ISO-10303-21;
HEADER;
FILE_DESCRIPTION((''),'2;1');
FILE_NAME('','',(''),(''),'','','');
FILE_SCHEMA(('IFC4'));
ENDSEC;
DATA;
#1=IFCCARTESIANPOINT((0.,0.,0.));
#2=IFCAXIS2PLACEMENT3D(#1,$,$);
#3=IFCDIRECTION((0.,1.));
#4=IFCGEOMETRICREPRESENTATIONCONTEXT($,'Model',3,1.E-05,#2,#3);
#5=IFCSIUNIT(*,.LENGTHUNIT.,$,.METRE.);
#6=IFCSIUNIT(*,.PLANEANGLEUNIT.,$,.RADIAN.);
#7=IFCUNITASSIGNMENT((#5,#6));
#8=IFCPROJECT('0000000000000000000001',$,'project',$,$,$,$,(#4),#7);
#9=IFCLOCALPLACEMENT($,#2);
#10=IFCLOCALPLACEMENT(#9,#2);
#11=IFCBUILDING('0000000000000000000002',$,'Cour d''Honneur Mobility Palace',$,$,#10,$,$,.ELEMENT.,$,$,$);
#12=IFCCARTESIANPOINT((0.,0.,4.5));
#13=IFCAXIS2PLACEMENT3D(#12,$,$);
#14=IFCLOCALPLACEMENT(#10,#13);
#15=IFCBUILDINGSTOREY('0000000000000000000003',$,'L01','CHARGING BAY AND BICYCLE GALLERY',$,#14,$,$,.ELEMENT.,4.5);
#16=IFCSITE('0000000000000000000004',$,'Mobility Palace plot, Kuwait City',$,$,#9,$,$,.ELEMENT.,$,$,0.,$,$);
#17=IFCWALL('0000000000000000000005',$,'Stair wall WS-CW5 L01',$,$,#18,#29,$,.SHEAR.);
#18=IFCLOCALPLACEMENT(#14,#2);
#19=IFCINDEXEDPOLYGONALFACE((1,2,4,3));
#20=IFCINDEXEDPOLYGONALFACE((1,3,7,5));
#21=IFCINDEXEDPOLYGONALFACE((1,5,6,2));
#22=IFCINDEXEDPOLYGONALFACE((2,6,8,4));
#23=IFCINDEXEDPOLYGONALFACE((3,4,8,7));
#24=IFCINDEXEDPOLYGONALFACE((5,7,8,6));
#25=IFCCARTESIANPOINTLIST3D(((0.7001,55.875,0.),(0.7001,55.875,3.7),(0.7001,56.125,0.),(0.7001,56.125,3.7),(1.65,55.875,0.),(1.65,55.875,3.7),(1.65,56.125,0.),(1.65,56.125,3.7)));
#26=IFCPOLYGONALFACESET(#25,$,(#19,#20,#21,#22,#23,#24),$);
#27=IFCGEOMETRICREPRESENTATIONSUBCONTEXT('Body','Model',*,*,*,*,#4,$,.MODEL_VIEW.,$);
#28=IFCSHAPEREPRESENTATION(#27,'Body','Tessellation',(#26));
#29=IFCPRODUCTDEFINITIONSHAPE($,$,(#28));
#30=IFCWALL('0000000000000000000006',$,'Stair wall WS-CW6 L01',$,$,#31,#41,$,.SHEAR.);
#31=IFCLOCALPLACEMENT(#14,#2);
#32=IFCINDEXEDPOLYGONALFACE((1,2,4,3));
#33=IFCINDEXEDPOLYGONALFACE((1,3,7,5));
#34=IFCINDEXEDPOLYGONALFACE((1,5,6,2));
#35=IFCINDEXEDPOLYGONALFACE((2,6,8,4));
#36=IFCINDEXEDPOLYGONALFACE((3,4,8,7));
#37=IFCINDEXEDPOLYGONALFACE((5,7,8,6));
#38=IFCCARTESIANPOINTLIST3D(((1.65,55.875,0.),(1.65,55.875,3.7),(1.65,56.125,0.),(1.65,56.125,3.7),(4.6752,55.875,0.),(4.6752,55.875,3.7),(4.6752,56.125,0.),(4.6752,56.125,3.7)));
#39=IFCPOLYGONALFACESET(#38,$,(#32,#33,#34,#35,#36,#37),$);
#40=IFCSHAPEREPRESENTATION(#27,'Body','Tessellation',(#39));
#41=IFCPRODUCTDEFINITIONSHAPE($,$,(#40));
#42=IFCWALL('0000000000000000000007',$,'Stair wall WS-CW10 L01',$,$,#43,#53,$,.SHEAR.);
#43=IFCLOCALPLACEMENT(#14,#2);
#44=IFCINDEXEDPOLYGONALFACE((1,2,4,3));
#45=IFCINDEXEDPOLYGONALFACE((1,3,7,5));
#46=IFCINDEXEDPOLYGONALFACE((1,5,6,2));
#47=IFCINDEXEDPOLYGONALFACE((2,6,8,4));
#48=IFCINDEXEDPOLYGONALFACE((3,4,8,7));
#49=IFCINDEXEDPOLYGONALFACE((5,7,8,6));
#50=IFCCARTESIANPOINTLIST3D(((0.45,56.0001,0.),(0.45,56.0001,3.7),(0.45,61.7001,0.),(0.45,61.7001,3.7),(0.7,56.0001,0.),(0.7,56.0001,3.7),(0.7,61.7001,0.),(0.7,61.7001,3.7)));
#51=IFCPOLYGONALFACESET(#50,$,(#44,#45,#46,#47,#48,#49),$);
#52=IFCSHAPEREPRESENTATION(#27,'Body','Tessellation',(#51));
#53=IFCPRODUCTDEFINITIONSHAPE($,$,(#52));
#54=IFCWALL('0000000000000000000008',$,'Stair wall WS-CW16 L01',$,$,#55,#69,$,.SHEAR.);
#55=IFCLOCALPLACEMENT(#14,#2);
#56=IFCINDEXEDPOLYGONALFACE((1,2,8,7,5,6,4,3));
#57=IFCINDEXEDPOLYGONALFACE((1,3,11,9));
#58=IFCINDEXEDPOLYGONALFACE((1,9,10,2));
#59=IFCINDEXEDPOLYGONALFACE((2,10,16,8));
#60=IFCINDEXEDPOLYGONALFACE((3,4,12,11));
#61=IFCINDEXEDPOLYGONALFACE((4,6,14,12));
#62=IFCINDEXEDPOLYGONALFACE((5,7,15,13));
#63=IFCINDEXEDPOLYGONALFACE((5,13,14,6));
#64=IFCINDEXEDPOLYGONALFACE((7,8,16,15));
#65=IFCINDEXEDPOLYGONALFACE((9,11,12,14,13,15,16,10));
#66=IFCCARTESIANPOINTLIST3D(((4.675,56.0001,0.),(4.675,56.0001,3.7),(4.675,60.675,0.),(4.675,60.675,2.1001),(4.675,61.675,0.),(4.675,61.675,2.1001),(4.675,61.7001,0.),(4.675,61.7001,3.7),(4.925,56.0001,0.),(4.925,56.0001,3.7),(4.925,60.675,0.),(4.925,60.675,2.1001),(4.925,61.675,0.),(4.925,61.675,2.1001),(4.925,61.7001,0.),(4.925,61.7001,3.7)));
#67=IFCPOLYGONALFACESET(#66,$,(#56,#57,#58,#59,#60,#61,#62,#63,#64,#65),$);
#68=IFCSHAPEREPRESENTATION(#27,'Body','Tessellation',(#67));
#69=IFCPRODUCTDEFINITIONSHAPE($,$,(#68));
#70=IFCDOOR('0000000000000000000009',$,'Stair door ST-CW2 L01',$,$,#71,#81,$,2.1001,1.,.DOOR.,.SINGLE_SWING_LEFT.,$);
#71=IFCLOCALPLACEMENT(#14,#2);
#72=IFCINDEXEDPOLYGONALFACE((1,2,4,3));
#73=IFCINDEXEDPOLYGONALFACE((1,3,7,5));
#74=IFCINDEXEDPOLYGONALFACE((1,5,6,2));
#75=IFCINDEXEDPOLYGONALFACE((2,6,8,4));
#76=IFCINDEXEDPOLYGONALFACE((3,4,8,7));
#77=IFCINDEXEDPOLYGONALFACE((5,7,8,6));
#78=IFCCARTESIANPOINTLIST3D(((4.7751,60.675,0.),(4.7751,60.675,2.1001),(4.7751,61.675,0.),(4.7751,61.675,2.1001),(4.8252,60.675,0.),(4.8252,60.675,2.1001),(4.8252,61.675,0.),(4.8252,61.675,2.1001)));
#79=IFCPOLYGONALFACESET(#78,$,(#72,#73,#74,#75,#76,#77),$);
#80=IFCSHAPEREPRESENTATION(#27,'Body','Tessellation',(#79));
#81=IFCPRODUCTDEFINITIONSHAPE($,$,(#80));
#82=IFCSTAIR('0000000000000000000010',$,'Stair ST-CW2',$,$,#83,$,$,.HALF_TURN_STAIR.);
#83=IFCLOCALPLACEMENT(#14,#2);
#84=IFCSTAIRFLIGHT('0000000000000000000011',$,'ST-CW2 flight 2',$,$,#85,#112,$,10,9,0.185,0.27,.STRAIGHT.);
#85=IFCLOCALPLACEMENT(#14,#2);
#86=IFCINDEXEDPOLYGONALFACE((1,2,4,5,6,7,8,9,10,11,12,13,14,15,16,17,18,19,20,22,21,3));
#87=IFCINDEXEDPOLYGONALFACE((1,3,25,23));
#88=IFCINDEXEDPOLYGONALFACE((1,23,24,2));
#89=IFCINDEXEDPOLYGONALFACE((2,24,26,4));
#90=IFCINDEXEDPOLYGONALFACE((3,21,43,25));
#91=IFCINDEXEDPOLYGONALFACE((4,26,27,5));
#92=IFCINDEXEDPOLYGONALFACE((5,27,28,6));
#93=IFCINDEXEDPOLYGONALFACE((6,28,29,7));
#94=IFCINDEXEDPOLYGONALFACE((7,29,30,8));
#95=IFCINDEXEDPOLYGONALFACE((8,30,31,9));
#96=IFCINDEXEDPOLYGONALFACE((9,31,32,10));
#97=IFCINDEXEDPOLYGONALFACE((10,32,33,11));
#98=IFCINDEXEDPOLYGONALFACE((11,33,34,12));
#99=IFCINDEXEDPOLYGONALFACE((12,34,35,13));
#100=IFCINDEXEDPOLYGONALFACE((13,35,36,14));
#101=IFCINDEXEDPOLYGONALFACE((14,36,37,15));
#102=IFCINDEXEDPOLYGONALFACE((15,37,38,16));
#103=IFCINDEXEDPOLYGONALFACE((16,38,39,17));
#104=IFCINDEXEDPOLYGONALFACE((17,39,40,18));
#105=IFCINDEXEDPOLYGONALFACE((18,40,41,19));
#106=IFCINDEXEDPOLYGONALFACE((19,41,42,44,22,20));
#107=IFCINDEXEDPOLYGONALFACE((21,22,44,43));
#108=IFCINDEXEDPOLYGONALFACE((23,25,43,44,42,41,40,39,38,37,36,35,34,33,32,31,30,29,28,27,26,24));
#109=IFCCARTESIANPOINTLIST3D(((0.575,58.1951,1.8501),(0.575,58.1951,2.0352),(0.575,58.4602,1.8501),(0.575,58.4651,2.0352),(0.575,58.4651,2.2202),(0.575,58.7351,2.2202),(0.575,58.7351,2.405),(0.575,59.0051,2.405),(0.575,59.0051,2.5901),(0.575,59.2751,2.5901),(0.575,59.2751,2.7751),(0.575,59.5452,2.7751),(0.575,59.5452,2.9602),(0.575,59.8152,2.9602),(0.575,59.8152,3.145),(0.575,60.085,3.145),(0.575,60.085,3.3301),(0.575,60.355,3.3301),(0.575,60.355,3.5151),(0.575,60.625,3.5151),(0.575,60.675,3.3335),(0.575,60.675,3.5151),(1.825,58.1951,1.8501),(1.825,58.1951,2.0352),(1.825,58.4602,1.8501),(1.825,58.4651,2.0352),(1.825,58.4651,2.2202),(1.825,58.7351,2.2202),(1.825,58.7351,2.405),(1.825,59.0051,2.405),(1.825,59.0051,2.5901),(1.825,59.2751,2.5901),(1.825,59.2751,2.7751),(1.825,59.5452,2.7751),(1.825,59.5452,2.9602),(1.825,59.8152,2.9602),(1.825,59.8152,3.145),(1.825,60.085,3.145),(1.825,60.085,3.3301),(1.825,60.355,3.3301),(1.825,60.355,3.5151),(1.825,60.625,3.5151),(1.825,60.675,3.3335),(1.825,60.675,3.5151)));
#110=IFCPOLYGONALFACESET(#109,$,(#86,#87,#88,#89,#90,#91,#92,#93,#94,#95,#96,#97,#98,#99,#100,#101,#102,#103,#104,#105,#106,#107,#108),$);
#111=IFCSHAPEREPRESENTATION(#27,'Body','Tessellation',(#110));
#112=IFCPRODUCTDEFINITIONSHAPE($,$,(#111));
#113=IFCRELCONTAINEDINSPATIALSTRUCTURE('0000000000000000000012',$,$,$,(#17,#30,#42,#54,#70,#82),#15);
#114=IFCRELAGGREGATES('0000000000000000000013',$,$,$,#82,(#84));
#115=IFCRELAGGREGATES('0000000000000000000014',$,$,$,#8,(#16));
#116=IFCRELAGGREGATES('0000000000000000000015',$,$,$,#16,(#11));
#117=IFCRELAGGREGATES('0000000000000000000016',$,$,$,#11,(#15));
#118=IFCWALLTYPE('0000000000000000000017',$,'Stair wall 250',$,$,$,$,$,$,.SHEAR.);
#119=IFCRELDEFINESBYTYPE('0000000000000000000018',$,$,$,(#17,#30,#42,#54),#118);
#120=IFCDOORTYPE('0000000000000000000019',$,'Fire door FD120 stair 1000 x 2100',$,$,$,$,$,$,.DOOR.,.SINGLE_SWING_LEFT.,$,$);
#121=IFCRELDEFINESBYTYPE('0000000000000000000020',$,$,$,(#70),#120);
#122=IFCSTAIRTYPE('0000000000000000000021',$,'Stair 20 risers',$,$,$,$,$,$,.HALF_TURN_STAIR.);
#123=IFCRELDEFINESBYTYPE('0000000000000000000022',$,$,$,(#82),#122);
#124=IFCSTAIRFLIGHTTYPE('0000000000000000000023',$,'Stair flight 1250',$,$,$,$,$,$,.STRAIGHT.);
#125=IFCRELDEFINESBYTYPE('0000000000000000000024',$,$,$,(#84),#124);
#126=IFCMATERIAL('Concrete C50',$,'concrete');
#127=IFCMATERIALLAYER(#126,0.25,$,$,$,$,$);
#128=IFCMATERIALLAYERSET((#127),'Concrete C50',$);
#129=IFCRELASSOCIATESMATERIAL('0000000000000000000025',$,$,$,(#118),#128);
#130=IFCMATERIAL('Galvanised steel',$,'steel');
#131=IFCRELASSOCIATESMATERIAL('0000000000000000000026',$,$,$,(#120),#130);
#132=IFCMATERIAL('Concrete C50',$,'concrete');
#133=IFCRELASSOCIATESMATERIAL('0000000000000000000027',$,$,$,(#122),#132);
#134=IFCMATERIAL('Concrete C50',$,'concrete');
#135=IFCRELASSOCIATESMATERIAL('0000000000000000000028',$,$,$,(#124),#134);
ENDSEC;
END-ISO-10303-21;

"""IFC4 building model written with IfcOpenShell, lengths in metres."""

from ifc_helpers import new_model, si_unit, direction, frame, frame_2d, origin, place, context, subcontext, project, spatial, polyline, rectangle, outline, extrude, material, layer, layer_set, type_object, element, fill, aggregate, save


model = new_model("IFC4")

# Units and contexts
model_context = context("Model", 3, precision=1e-05, world=origin(), true_north=direction((0.0, 1.0)))
body_context = subcontext(model_context, "Body", "Model", "MODEL_VIEW")
ifc_project = project(units=[si_unit("LENGTHUNIT", "METRE"), si_unit("PLANEANGLEUNIT", "RADIAN")], contexts=[model_context])

# Site, building, storey
site_placement = place(None, origin())
site = spatial("IfcSite", under=ifc_project, at=site_placement, Name="Mobility Palace plot, Kuwait City", CompositionType="ELEMENT", RefElevation=0.0)
building_placement = place(site_placement, origin())
building = spatial("IfcBuilding", under=site, at=building_placement, Name="Cour d'Honneur Mobility Palace", CompositionType="ELEMENT")
storey_placement = place(building_placement, frame((0.0, 0.0, 4.5)))
storey = spatial("IfcBuildingStorey", under=building, at=storey_placement, Name="L01", Description="CHARGING BAY AND BICYCLE GALLERY", CompositionType="ELEMENT", Elevation=4.5)

# Walls
ifc_material_1 = material(Name="Concrete C50", Category="concrete")
ifc_layer_1 = layer(ifc_material_1, 0.25)
ifc_layer_set_1 = layer_set([ifc_layer_1], Name="Concrete C50")
wall_type = type_object("IfcWallType", Name="Stair wall 250", PredefinedType="SHEAR", material=ifc_layer_set_1)
wall_1_placement = place(storey_placement, frame((0.7, 56.0, 0.0), z_axis=(0.0, 0.0, 1.0), x_axis=(1.0, 0.0, 0.0)))
element("IfcWall", 1, at=wall_1_placement, inside=storey, type_object=wall_type, Name="Stair wall WS-CW5 L01", PredefinedType="SHEAR", context=body_context, shape_type="SweptSolid", body=[
    extrude(rectangle(XDim=0.95, YDim=0.25, at=frame_2d((0.4751, 0.0))), origin(), (0.0, 0.0, 1.0), 3.7),
])
wall_2_placement = place(storey_placement, frame((1.6499, 56.0, 0.0), z_axis=(0.0, 0.0, 1.0), x_axis=(1.0, 0.0, 0.0)))
element("IfcWall", 2, at=wall_2_placement, inside=storey, type_object=wall_type, Name="Stair wall WS-CW6 L01", PredefinedType="SHEAR", context=body_context, shape_type="SweptSolid", body=[
    extrude(rectangle(XDim=3.0251, YDim=0.25, at=frame_2d((1.5127, 0.0))), origin(), (0.0, 0.0, 1.0), 3.7),
])
wall_3_placement = place(storey_placement, frame((0.575, 56.0, 0.0), z_axis=(0.0, 0.0, 1.0), x_axis=(0.0, 1.0, 0.0)))
element("IfcWall", 3, at=wall_3_placement, inside=storey, type_object=wall_type, Name="Stair wall WS-CW10 L01", PredefinedType="SHEAR", context=body_context, shape_type="SweptSolid", body=[
    extrude(rectangle(XDim=5.7, YDim=0.25, at=frame_2d((2.8501, 0.0))), origin(), (0.0, 0.0, 1.0), 3.7),
])

# Wall, opening, door
wall_4_placement = place(storey_placement, frame((4.8, 56.0, 0.0), z_axis=(0.0, 0.0, 1.0), x_axis=(0.0, 1.0, 0.0)))
wall_4 = element("IfcWall", 4, at=wall_4_placement, inside=storey, type_object=wall_type, Name="Stair wall WS-CW16 L01", PredefinedType="SHEAR", context=body_context, shape_type="SweptSolid", body=[
    extrude(rectangle(XDim=5.7, YDim=0.25, at=frame_2d((2.8501, 0.0))), origin(), (0.0, 0.0, 1.0), 3.7),
])
opening_placement = place(wall_4_placement, frame((4.675, 0.0, 0.0)))
opening = element("IfcOpeningElement", 5, at=opening_placement, cuts=wall_4, PredefinedType="OPENING", context=body_context, shape_type="SweptSolid", body=[
    extrude(rectangle(XDim=1.0, YDim=2.1001, at=frame_2d((0.5, 1.05))), frame((0.0, 0.135, 0.0), z_axis=(0.0, -1.0, 0.0), x_axis=(1.0, 0.0, 0.0)), (0.0, 0.0, 1.0), 0.27),
])
ifc_material_2 = material(Name="Galvanised steel", Category="steel")
door_type = type_object("IfcDoorType", Name="Fire door FD120 stair 1000 x 2100", OperationType="SINGLE_SWING_LEFT", PredefinedType="DOOR", material=ifc_material_2)
door_placement = place(opening_placement, origin())
door = element("IfcDoor", 6, at=door_placement, inside=storey, type_object=door_type, Name="Stair door ST-CW2 L01", OperationType="SINGLE_SWING_LEFT", OverallHeight=2.1001, OverallWidth=1.0, PredefinedType="DOOR", context=body_context, shape_type="SweptSolid", body=[
    extrude(rectangle(XDim=1.0, YDim=2.1001, at=frame_2d((0.5, 1.05))), frame((0.0, 0.0249, 0.0), z_axis=(0.0, -1.0, 0.0), x_axis=(1.0, 0.0, 0.0)), (0.0, 0.0, 1.0), 0.05),
])
fill(opening, door)

# Stair, stair flight
ifc_material_3 = material(Name="Concrete C50", Category="concrete")
stair_type = type_object("IfcStairType", Name="Stair 20 risers", PredefinedType="HALF_TURN_STAIR", material=ifc_material_3)
stair_placement = place(storey_placement, origin())
stair = element("IfcStair", 7, at=stair_placement, inside=storey, type_object=stair_type, Name="Stair ST-CW2", PredefinedType="HALF_TURN_STAIR")
ifc_material_4 = material(Name="Concrete C50", Category="concrete")
stair_flight_type = type_object("IfcStairFlightType", Name="Stair flight 1250", PredefinedType="STRAIGHT", material=ifc_material_4)
stair_flight_placement = place(storey_placement, frame((1.2, 58.1951, 1.8501), z_axis=(0.0, 0.0, 1.0), x_axis=(0.0, 1.0, 0.0)))
stair_flight = element("IfcStairFlight", 8, at=stair_flight_placement, type_object=stair_flight_type, Name="ST-CW2 flight 2", NumberOfRisers=10, NumberOfTreads=9, PredefinedType="STRAIGHT", RiserHeight=0.185, TreadLength=0.27, context=body_context, shape_type="SweptSolid", body=[
    extrude(outline(polyline([(0.0, 0.0), (0.0, 0.1851), (0.27, 0.1851), (0.27, 0.3701), (0.54, 0.3701), (0.54, 0.5549), (0.8101, 0.5549), (0.8101, 0.74), (1.0801, 0.74), (1.0801, 0.925), (1.3501, 0.925), (1.3501, 1.1101), (1.6201, 1.1101), (1.6201, 1.2949), (1.8899, 1.2949), (1.8899, 1.48), (2.1599, 1.48), (2.1599, 1.665), (2.4299, 1.665), (2.48, 1.665), (2.48, 1.4834), (0.2651, 0.0), (0.0, 0.0)])), frame((0.0, 0.625, 0.0), z_axis=(0.0, -1.0, 0.0), x_axis=(1.0, 0.0, 0.0)), (0.0, 0.0, 1.0), 1.25),
])
aggregate(stair, [stair_flight])

save(model, "model.ifc")
